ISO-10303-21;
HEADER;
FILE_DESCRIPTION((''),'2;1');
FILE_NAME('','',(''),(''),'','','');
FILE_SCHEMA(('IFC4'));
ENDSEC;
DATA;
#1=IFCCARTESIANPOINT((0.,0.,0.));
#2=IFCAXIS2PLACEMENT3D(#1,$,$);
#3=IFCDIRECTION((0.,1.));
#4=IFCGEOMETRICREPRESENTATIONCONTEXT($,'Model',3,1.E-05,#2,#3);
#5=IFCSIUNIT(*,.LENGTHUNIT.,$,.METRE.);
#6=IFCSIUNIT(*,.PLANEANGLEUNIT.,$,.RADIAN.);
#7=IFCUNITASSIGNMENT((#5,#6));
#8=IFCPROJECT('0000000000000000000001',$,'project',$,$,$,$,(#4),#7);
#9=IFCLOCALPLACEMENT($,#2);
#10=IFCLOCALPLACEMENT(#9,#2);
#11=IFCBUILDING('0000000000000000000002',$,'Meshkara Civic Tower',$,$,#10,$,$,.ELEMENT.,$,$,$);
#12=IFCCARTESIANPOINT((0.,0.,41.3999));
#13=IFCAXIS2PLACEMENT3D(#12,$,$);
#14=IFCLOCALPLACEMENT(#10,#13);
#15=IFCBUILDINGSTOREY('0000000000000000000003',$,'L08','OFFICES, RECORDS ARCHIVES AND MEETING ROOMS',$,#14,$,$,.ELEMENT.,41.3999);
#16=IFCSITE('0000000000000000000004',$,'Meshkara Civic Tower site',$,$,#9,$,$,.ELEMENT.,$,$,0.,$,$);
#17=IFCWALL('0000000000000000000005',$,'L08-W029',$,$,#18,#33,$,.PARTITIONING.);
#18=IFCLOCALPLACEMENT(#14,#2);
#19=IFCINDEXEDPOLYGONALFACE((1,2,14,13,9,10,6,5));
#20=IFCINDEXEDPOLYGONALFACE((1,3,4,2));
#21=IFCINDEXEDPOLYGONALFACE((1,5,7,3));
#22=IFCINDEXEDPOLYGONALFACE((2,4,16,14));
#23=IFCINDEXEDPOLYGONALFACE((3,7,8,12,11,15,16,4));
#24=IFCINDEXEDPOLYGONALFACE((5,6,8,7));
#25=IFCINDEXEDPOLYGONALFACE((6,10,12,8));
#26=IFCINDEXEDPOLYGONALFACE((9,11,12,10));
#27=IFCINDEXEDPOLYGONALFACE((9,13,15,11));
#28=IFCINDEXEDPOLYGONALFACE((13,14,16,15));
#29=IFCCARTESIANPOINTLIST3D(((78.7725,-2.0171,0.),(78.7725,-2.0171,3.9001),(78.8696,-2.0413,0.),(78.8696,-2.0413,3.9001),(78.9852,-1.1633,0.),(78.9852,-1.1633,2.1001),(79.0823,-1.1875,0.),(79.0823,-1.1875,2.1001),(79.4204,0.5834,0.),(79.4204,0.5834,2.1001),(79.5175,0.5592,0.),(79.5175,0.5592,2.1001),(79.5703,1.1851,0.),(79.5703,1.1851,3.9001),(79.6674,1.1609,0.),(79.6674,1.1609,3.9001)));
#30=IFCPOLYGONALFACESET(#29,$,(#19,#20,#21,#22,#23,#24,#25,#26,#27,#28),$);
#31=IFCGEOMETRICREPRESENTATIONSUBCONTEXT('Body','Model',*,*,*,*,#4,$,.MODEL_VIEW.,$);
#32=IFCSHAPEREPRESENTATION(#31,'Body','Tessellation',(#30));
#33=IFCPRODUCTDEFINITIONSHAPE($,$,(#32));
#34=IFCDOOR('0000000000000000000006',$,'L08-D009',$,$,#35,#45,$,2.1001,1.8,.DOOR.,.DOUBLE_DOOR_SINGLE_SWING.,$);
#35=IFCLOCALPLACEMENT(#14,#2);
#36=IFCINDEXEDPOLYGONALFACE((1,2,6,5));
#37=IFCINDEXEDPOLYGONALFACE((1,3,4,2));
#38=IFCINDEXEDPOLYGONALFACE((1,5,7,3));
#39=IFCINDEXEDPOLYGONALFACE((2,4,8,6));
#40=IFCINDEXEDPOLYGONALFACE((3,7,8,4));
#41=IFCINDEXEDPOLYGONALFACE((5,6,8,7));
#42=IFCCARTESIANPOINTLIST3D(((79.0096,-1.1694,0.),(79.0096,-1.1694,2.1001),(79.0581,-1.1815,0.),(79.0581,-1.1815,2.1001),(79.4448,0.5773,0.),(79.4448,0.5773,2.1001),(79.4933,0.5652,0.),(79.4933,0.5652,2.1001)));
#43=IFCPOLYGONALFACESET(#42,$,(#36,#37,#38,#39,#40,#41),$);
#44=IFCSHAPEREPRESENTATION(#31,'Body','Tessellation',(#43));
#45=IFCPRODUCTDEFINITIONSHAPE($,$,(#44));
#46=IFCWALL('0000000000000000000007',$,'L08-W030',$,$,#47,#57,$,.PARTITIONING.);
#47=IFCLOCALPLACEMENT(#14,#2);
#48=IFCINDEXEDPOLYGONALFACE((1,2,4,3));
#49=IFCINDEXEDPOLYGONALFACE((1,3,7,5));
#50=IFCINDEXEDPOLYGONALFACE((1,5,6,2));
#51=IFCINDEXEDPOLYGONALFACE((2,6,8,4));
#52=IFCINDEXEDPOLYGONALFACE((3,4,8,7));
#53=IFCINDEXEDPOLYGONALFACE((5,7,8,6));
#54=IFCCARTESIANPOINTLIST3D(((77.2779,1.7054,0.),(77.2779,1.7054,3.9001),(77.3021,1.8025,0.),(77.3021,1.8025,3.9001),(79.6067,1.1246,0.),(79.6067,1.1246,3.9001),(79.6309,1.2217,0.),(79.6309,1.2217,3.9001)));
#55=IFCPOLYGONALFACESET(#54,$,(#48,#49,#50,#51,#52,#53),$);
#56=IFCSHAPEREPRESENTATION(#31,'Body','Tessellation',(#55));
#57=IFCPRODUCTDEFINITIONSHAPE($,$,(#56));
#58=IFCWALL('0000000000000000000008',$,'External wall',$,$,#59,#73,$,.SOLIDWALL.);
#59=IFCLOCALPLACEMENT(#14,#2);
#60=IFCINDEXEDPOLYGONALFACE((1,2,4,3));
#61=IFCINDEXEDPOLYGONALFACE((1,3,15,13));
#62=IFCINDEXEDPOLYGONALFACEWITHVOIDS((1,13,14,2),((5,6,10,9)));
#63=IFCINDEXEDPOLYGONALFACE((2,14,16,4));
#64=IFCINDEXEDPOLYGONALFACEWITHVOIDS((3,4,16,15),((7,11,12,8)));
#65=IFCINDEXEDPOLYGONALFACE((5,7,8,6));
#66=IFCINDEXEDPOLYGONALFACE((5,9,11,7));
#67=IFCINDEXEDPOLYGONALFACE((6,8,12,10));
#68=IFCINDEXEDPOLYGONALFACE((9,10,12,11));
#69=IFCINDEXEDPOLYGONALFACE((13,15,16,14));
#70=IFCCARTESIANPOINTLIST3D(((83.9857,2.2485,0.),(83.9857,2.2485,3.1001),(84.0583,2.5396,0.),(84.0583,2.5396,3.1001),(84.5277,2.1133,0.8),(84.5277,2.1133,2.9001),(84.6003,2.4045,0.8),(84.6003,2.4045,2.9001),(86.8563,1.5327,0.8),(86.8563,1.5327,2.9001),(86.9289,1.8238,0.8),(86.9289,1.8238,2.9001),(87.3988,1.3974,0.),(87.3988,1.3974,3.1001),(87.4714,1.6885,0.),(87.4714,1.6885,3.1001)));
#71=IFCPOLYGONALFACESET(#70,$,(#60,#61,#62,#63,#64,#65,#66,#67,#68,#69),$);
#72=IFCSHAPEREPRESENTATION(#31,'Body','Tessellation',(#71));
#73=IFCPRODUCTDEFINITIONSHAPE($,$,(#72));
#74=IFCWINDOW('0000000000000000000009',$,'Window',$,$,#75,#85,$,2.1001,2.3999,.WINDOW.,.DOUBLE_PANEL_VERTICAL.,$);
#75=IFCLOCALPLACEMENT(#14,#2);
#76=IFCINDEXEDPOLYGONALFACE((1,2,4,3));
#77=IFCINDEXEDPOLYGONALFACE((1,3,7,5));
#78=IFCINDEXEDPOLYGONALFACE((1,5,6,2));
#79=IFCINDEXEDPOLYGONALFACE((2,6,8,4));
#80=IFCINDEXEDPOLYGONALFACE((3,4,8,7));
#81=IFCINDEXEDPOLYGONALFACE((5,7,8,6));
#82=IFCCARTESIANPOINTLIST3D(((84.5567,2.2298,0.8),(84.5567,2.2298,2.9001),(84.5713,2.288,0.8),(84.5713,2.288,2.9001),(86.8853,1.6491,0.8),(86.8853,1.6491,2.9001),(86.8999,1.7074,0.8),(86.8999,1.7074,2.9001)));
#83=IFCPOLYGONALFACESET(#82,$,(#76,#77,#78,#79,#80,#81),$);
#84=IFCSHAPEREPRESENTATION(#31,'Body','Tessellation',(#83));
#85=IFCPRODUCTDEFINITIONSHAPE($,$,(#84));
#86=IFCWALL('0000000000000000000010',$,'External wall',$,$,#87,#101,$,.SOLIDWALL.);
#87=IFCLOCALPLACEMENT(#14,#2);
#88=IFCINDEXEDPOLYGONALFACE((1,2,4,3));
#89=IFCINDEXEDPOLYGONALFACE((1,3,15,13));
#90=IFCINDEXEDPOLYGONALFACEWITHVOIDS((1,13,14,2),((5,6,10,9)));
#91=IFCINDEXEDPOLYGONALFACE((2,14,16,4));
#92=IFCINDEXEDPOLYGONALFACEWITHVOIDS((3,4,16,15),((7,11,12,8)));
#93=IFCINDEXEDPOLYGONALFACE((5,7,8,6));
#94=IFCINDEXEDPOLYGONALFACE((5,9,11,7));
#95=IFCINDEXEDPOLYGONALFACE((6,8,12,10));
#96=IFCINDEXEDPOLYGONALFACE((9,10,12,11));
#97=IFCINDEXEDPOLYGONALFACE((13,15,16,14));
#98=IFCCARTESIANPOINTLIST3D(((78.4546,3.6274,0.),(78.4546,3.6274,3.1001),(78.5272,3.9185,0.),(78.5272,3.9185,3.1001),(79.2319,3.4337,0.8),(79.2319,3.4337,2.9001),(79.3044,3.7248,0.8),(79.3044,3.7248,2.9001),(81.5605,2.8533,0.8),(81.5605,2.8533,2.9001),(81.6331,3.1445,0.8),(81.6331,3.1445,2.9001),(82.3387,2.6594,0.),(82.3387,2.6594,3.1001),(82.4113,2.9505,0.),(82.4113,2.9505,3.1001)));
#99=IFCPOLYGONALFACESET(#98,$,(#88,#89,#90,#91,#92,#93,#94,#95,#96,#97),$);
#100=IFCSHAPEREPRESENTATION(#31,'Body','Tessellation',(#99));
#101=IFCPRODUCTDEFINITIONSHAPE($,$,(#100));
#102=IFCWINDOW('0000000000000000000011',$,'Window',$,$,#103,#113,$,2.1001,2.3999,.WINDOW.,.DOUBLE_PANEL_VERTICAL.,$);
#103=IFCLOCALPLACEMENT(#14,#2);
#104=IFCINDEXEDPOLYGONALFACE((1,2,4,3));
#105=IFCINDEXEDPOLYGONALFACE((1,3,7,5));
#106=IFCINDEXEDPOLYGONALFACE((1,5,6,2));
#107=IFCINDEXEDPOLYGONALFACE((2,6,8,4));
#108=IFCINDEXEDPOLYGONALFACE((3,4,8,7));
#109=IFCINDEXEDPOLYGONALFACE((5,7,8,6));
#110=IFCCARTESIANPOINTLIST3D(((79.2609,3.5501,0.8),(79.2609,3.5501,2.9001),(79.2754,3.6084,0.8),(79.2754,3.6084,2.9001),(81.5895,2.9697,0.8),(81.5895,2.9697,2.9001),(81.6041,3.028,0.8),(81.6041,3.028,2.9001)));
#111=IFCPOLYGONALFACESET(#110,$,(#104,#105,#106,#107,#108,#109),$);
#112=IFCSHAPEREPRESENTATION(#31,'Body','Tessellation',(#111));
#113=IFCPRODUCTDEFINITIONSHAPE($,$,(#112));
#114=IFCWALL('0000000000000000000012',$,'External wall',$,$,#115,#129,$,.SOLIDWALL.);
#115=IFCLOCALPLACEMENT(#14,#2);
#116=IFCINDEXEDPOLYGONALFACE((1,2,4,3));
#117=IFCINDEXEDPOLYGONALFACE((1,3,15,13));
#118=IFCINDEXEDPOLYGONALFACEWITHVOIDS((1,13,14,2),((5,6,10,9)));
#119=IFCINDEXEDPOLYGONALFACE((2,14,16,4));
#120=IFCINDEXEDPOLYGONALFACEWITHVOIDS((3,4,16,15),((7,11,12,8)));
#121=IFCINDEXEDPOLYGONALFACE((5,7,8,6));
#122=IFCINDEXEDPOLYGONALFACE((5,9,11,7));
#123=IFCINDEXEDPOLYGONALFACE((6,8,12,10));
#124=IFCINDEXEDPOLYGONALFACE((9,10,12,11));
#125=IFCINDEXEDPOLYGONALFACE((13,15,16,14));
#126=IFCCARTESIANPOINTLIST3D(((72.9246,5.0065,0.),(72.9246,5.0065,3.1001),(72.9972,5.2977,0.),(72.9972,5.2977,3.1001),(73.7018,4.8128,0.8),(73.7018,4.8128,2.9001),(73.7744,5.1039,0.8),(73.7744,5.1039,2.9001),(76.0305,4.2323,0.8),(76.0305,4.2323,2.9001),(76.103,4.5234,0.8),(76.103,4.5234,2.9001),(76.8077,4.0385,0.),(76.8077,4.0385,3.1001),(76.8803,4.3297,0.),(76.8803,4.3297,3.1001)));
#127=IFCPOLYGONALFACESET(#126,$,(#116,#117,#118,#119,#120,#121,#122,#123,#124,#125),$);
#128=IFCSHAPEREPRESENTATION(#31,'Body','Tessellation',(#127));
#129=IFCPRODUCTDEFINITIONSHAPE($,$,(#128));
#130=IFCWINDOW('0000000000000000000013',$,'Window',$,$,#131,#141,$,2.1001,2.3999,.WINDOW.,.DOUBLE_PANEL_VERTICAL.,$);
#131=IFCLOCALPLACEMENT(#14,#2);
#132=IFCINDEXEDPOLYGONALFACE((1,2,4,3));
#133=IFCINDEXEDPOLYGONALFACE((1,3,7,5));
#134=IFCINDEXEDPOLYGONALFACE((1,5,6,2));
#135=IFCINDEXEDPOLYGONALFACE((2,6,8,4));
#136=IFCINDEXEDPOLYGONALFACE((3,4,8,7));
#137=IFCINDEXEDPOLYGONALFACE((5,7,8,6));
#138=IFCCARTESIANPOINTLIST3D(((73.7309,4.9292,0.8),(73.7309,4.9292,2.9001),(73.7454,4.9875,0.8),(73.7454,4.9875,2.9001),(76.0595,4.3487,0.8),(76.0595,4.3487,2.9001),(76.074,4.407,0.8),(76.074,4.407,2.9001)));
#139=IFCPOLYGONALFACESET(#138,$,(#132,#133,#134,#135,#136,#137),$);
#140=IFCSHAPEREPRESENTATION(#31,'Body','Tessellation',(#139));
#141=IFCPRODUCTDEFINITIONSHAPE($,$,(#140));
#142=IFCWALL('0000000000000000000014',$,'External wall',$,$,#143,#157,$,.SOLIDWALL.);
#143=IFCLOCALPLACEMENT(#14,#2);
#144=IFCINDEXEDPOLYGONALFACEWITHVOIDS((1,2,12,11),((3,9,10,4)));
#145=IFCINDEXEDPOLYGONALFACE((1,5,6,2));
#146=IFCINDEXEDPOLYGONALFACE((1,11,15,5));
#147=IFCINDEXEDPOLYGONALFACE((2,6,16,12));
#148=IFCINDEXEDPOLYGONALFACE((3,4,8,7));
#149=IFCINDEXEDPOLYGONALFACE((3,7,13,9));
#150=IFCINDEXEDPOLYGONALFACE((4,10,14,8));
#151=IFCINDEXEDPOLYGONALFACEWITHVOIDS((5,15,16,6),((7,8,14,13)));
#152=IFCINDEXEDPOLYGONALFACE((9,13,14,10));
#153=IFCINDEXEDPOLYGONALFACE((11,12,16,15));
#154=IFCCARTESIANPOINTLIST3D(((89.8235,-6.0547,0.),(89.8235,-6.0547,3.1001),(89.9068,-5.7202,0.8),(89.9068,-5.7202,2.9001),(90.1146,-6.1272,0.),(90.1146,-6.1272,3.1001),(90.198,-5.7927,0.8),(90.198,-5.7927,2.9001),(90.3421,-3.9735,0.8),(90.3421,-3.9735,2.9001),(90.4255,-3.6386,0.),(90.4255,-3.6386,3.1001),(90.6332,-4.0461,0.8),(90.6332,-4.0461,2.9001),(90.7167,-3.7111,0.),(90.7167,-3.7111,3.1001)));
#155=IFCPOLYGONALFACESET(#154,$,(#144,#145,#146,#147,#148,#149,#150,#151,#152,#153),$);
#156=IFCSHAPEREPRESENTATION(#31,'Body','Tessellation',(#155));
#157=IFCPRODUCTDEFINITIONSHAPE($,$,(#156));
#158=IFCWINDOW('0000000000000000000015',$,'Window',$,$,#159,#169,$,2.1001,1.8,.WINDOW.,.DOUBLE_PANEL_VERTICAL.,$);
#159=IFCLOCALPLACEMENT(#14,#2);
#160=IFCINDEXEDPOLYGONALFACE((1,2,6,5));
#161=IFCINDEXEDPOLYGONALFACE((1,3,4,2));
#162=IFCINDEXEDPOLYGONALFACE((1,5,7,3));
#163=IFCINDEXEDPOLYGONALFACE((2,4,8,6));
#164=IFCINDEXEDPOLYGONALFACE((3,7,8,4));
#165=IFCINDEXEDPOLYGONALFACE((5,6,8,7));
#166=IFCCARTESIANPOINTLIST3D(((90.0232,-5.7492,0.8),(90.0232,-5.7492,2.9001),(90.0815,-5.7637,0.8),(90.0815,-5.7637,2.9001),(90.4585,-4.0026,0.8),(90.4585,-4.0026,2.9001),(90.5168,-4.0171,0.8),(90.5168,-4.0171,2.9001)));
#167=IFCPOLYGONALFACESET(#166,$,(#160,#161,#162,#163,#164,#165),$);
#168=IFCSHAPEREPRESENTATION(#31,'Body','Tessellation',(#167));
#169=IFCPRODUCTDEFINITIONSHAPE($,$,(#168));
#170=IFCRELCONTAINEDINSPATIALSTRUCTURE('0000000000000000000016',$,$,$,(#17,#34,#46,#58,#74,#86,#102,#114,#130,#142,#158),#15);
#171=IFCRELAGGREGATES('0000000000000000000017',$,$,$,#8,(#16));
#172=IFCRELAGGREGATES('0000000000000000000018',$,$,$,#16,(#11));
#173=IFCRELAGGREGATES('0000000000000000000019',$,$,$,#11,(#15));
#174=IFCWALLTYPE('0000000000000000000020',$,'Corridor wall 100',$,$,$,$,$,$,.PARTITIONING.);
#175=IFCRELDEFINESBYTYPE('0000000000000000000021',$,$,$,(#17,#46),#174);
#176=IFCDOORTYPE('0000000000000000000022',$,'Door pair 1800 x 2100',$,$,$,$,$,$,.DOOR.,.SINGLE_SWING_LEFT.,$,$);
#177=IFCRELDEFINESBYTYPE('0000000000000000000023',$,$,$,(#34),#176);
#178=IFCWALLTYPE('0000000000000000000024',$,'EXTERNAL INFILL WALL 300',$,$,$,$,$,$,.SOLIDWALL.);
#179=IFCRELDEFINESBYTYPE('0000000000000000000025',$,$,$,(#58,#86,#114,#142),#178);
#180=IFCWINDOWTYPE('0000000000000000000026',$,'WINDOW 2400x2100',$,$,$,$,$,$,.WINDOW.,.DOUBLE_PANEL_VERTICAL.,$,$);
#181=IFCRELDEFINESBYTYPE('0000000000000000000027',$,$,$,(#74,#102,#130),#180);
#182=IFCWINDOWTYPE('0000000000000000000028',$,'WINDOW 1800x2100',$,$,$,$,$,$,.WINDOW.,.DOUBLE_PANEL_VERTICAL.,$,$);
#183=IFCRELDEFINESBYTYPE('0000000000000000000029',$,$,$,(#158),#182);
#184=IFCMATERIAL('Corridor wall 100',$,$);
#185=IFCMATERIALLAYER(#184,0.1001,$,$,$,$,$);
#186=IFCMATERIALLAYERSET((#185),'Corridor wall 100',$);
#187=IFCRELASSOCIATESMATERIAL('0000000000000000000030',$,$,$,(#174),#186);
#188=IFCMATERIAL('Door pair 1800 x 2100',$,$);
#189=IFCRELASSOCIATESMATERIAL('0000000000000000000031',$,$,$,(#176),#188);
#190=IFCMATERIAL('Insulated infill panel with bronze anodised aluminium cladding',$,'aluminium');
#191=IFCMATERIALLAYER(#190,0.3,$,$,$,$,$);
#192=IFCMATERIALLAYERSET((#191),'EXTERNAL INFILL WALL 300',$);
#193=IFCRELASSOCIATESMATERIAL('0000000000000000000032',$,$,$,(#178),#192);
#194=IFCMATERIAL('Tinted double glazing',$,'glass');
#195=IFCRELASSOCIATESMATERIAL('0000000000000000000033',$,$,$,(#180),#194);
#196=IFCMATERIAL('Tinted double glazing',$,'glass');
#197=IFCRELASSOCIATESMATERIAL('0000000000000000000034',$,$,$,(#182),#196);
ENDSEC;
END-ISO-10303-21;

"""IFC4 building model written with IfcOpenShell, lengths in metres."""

from ifc_helpers import new_model, si_unit, direction, frame, frame_2d, origin, place, context, subcontext, project, spatial, rectangle, extrude, material, layer, layer_set, type_object, element, fill, save


model = new_model("IFC4")

# Units and contexts
model_context = context("Model", 3, precision=1e-05, world=origin(), true_north=direction((0.0, 1.0)))
body_context = subcontext(model_context, "Body", "Model", "MODEL_VIEW")
ifc_project = project(units=[si_unit("LENGTHUNIT", "METRE"), si_unit("PLANEANGLEUNIT", "RADIAN")], contexts=[model_context])

# Site, building, storey
site_placement = place(None, origin())
site = spatial("IfcSite", under=ifc_project, at=site_placement, Name="Meshkara Civic Tower site", CompositionType="ELEMENT", RefElevation=0.0)
building_placement = place(site_placement, origin())
building = spatial("IfcBuilding", under=site, at=building_placement, Name="Meshkara Civic Tower", CompositionType="ELEMENT")
storey_placement = place(building_placement, frame((0.0, 0.0, 41.3999)))
storey = spatial("IfcBuildingStorey", under=building, at=storey_placement, Name="L08", Description="OFFICES, RECORDS ARCHIVES AND MEETING ROOMS", CompositionType="ELEMENT", Elevation=41.3999)

# Shared definitions
ifc_material_1 = material(Name="Corridor wall 100")
ifc_layer_1 = layer(ifc_material_1, 0.1001)
ifc_layer_set_1 = layer_set([ifc_layer_1], Name="Corridor wall 100")
wall_type_1 = type_object("IfcWallType", Name="Corridor wall 100", PredefinedType="PARTITIONING", material=ifc_layer_set_1)

# Wall, opening, door
wall_1_placement = place(storey_placement, frame((78.821, -2.0291, 0.0), z_axis=(0.0, 0.0, 1.0), x_axis=(0.24177, 0.970334, 0.0)))
wall_1 = element("IfcWall", 1, at=wall_1_placement, inside=storey, type_object=wall_type_1, Name="L08-W029", PredefinedType="PARTITIONING", context=body_context, shape_type="SweptSolid", body=[
    extrude(rectangle(XDim=3.3, YDim=0.1001, at=frame_2d((1.6499, 0.0))), origin(), (0.0, 0.0, 1.0), 3.9001),
])
opening_1_placement = place(wall_1_placement, frame((0.8799, 0.0, 0.0)))
opening_1 = element("IfcOpeningElement", 2, at=opening_1_placement, cuts=wall_1, PredefinedType="OPENING", context=body_context, shape_type="SweptSolid", body=[
    extrude(rectangle(XDim=1.8, YDim=2.1001, at=frame_2d((0.8999, 1.05))), frame((0.0, 0.0601, 0.0), z_axis=(0.0, -1.0, 0.0), x_axis=(1.0, 0.0, 0.0)), (0.0, 0.0, 1.0), 0.1201),
])
ifc_material_2 = material(Name="Door pair 1800 x 2100")
door_type_1 = type_object("IfcDoorType", Name="Door pair 1800 x 2100", OperationType="SINGLE_SWING_LEFT", PredefinedType="DOOR", material=ifc_material_2)
door_1_placement = place(opening_1_placement, origin())
door_1 = element("IfcDoor", 3, at=door_1_placement, inside=storey, type_object=door_type_1, Name="L08-D009", OperationType="DOUBLE_DOOR_SINGLE_SWING", OverallHeight=2.1001, OverallWidth=1.8, PredefinedType="DOOR", context=body_context, shape_type="SweptSolid", body=[
    extrude(rectangle(XDim=1.8, YDim=2.1001, at=frame_2d((0.8999, 1.05))), frame((0.0, 0.0249, 0.0), z_axis=(0.0, -1.0, 0.0), x_axis=(1.0, 0.0, 0.0)), (0.0, 0.0, 1.0), 0.05),
])
fill(opening_1, door_1)

# Wall
wall_2_placement = place(storey_placement, frame((79.6189, 1.1731, 0.0), z_axis=(0.0, 0.0, 1.0), x_axis=(-0.97028, 0.241985, 0.0)))
element("IfcWall", 4, at=wall_2_placement, inside=storey, type_object=wall_type_1, Name="L08-W030", PredefinedType="PARTITIONING", context=body_context, shape_type="SweptSolid", body=[
    extrude(rectangle(XDim=2.4001, YDim=0.1001, at=frame_2d((1.2002, 0.0))), origin(), (0.0, 0.0, 1.0), 3.9001),
])

# Walls, openings, windows
ifc_material_3 = material(Name="Insulated infill panel with bronze anodised aluminium cladding", Category="aluminium")
ifc_layer_2 = layer(ifc_material_3, 0.3)
ifc_layer_set_2 = layer_set([ifc_layer_2], Name="EXTERNAL INFILL WALL 300")
wall_type_2 = type_object("IfcWallType", Name="EXTERNAL INFILL WALL 300", PredefinedType="SOLIDWALL", material=ifc_layer_set_2)
wall_3_placement = place(storey_placement, frame((87.4351, 1.543, 0.0), z_axis=(0.0, 0.0, 1.0), x_axis=(-0.970289, 0.241948, 0.0)))
wall_3 = element("IfcWall", 5, at=wall_3_placement, inside=storey, type_object=wall_type_2, Name="External wall", PredefinedType="SOLIDWALL", context=body_context, shape_type="SweptSolid", body=[
    extrude(rectangle(XDim=3.5176, YDim=0.3, at=frame_2d((1.7588, 0.0))), origin(), (0.0, 0.0, 1.0), 3.1001),
])
opening_2_placement = place(wall_3_placement, frame((0.5591, 0.0, 0.8)))
opening_2 = element("IfcOpeningElement", 6, at=opening_2_placement, cuts=wall_3, PredefinedType="OPENING", context=body_context, shape_type="SweptSolid", body=[
    extrude(rectangle(XDim=2.3999, YDim=2.1001, at=frame_2d((1.2, 1.05))), frame((0.0, 0.1599, 0.0), z_axis=(0.0, -1.0, 0.0), x_axis=(1.0, 0.0, 0.0)), (0.0, 0.0, 1.0), 0.3201),
])
ifc_material_4 = material(Name="Tinted double glazing", Category="glass")
window_type_1 = type_object("IfcWindowType", Name="WINDOW 2400x2100", PartitioningType="DOUBLE_PANEL_VERTICAL", PredefinedType="WINDOW", material=ifc_material_4)
window_1_placement = place(opening_2_placement, origin())
window_1 = element("IfcWindow", 7, at=window_1_placement, inside=storey, type_object=window_type_1, Name="Window", OverallHeight=2.1001, OverallWidth=2.3999, PartitioningType="DOUBLE_PANEL_VERTICAL", PredefinedType="WINDOW", context=body_context, shape_type="SweptSolid", body=[
    extrude(rectangle(XDim=2.3999, YDim=2.1001, at=frame_2d((1.2, 1.05))), frame((0.0, 0.03, 0.0), z_axis=(0.0, -1.0, 0.0), x_axis=(1.0, 0.0, 0.0)), (0.0, 0.0, 1.0), 0.0601),
])
fill(opening_2, window_1)
wall_4_placement = place(storey_placement, frame((82.375, 2.8049, 0.0), z_axis=(0.0, 0.0, 1.0), x_axis=(-0.970318, 0.241832, 0.0)))
wall_4 = element("IfcWall", 8, at=wall_4_placement, inside=storey, type_object=wall_type_2, Name="External wall", PredefinedType="SOLIDWALL", context=body_context, shape_type="SweptSolid", body=[
    extrude(rectangle(XDim=4.0029, YDim=0.3, at=frame_2d((2.0015, 0.0))), origin(), (0.0, 0.0, 1.0), 3.1001),
])
opening_3_placement = place(wall_4_placement, frame((0.802, 0.0, 0.8)))
opening_3 = element("IfcOpeningElement", 9, at=opening_3_placement, cuts=wall_4, PredefinedType="OPENING", context=body_context, shape_type="SweptSolid", body=[
    extrude(rectangle(XDim=2.3999, YDim=2.1001, at=frame_2d((1.2, 1.05))), frame((0.0, 0.1599, 0.0), z_axis=(0.0, -1.0, 0.0), x_axis=(1.0, 0.0, 0.0)), (0.0, 0.0, 1.0), 0.3201),
])
window_2_placement = place(opening_3_placement, origin())
window_2 = element("IfcWindow", 10, at=window_2_placement, inside=storey, type_object=window_type_1, Name="Window", OverallHeight=2.1001, OverallWidth=2.3999, PartitioningType="DOUBLE_PANEL_VERTICAL", PredefinedType="WINDOW", context=body_context, shape_type="SweptSolid", body=[
    extrude(rectangle(XDim=2.3999, YDim=2.1001, at=frame_2d((1.2, 1.05))), frame((0.0, 0.03, 0.0), z_axis=(0.0, -1.0, 0.0), x_axis=(1.0, 0.0, 0.0)), (0.0, 0.0, 1.0), 0.0601),
])
fill(opening_3, window_2)
wall_5_placement = place(storey_placement, frame((76.844, 4.1841, 0.0), z_axis=(0.0, 0.0, 1.0), x_axis=(-0.970304, 0.24189, 0.0)))
wall_5 = element("IfcWall", 11, at=wall_5_placement, inside=storey, type_object=wall_type_2, Name="External wall", PredefinedType="SOLIDWALL", context=body_context, shape_type="SweptSolid", body=[
    extrude(rectangle(XDim=4.002, YDim=0.3, at=frame_2d((2.001, 0.0))), origin(), (0.0, 0.0, 1.0), 3.1001),
])
opening_4_placement = place(wall_5_placement, frame((0.801, 0.0, 0.8)))
opening_4 = element("IfcOpeningElement", 12, at=opening_4_placement, cuts=wall_5, PredefinedType="OPENING", context=body_context, shape_type="SweptSolid", body=[
    extrude(rectangle(XDim=2.3999, YDim=2.1001, at=frame_2d((1.2, 1.05))), frame((0.0, 0.1599, 0.0), z_axis=(0.0, -1.0, 0.0), x_axis=(1.0, 0.0, 0.0)), (0.0, 0.0, 1.0), 0.3201),
])
window_3_placement = place(opening_4_placement, origin())
window_3 = element("IfcWindow", 13, at=window_3_placement, inside=storey, type_object=window_type_1, Name="Window", OverallHeight=2.1001, OverallWidth=2.3999, PartitioningType="DOUBLE_PANEL_VERTICAL", PredefinedType="WINDOW", context=body_context, shape_type="SweptSolid", body=[
    extrude(rectangle(XDim=2.3999, YDim=2.1001, at=frame_2d((1.2, 1.05))), frame((0.0, 0.03, 0.0), z_axis=(0.0, -1.0, 0.0), x_axis=(1.0, 0.0, 0.0)), (0.0, 0.0, 1.0), 0.0601),
])
fill(opening_4, window_3)
wall_6_placement = place(storey_placement, frame((89.969, -6.0911, 0.0), z_axis=(0.0, 0.0, 1.0), x_axis=(0.241797, 0.970327, 0.0)))
wall_6 = element("IfcWall", 14, at=wall_6_placement, inside=storey, type_object=wall_type_2, Name="External wall", PredefinedType="SOLIDWALL", context=body_context, shape_type="SweptSolid", body=[
    extrude(rectangle(XDim=2.49, YDim=0.3, at=frame_2d((1.2451, 0.0))), origin(), (0.0, 0.0, 1.0), 3.1001),
])
opening_5_placement = place(wall_6_placement, frame((0.345, 0.0, 0.8)))
opening_5 = element("IfcOpeningElement", 15, at=opening_5_placement, cuts=wall_6, PredefinedType="OPENING", context=body_context, shape_type="SweptSolid", body=[
    extrude(rectangle(XDim=1.8, YDim=2.1001, at=frame_2d((0.8999, 1.05))), frame((0.0, 0.1599, 0.0), z_axis=(0.0, -1.0, 0.0), x_axis=(1.0, 0.0, 0.0)), (0.0, 0.0, 1.0), 0.3201),
])
ifc_material_5 = material(Name="Tinted double glazing", Category="glass")
window_type_2 = type_object("IfcWindowType", Name="WINDOW 1800x2100", PartitioningType="DOUBLE_PANEL_VERTICAL", PredefinedType="WINDOW", material=ifc_material_5)
window_4_placement = place(opening_5_placement, origin())
window_4 = element("IfcWindow", 16, at=window_4_placement, inside=storey, type_object=window_type_2, Name="Window", OverallHeight=2.1001, OverallWidth=1.8, PartitioningType="DOUBLE_PANEL_VERTICAL", PredefinedType="WINDOW", context=body_context, shape_type="SweptSolid", body=[
    extrude(rectangle(XDim=1.8, YDim=2.1001, at=frame_2d((0.8999, 1.05))), frame((0.0, 0.03, 0.0), z_axis=(0.0, -1.0, 0.0), x_axis=(1.0, 0.0, 0.0)), (0.0, 0.0, 1.0), 0.0601),
])
fill(opening_5, window_4)

save(model, "model.ifc")
